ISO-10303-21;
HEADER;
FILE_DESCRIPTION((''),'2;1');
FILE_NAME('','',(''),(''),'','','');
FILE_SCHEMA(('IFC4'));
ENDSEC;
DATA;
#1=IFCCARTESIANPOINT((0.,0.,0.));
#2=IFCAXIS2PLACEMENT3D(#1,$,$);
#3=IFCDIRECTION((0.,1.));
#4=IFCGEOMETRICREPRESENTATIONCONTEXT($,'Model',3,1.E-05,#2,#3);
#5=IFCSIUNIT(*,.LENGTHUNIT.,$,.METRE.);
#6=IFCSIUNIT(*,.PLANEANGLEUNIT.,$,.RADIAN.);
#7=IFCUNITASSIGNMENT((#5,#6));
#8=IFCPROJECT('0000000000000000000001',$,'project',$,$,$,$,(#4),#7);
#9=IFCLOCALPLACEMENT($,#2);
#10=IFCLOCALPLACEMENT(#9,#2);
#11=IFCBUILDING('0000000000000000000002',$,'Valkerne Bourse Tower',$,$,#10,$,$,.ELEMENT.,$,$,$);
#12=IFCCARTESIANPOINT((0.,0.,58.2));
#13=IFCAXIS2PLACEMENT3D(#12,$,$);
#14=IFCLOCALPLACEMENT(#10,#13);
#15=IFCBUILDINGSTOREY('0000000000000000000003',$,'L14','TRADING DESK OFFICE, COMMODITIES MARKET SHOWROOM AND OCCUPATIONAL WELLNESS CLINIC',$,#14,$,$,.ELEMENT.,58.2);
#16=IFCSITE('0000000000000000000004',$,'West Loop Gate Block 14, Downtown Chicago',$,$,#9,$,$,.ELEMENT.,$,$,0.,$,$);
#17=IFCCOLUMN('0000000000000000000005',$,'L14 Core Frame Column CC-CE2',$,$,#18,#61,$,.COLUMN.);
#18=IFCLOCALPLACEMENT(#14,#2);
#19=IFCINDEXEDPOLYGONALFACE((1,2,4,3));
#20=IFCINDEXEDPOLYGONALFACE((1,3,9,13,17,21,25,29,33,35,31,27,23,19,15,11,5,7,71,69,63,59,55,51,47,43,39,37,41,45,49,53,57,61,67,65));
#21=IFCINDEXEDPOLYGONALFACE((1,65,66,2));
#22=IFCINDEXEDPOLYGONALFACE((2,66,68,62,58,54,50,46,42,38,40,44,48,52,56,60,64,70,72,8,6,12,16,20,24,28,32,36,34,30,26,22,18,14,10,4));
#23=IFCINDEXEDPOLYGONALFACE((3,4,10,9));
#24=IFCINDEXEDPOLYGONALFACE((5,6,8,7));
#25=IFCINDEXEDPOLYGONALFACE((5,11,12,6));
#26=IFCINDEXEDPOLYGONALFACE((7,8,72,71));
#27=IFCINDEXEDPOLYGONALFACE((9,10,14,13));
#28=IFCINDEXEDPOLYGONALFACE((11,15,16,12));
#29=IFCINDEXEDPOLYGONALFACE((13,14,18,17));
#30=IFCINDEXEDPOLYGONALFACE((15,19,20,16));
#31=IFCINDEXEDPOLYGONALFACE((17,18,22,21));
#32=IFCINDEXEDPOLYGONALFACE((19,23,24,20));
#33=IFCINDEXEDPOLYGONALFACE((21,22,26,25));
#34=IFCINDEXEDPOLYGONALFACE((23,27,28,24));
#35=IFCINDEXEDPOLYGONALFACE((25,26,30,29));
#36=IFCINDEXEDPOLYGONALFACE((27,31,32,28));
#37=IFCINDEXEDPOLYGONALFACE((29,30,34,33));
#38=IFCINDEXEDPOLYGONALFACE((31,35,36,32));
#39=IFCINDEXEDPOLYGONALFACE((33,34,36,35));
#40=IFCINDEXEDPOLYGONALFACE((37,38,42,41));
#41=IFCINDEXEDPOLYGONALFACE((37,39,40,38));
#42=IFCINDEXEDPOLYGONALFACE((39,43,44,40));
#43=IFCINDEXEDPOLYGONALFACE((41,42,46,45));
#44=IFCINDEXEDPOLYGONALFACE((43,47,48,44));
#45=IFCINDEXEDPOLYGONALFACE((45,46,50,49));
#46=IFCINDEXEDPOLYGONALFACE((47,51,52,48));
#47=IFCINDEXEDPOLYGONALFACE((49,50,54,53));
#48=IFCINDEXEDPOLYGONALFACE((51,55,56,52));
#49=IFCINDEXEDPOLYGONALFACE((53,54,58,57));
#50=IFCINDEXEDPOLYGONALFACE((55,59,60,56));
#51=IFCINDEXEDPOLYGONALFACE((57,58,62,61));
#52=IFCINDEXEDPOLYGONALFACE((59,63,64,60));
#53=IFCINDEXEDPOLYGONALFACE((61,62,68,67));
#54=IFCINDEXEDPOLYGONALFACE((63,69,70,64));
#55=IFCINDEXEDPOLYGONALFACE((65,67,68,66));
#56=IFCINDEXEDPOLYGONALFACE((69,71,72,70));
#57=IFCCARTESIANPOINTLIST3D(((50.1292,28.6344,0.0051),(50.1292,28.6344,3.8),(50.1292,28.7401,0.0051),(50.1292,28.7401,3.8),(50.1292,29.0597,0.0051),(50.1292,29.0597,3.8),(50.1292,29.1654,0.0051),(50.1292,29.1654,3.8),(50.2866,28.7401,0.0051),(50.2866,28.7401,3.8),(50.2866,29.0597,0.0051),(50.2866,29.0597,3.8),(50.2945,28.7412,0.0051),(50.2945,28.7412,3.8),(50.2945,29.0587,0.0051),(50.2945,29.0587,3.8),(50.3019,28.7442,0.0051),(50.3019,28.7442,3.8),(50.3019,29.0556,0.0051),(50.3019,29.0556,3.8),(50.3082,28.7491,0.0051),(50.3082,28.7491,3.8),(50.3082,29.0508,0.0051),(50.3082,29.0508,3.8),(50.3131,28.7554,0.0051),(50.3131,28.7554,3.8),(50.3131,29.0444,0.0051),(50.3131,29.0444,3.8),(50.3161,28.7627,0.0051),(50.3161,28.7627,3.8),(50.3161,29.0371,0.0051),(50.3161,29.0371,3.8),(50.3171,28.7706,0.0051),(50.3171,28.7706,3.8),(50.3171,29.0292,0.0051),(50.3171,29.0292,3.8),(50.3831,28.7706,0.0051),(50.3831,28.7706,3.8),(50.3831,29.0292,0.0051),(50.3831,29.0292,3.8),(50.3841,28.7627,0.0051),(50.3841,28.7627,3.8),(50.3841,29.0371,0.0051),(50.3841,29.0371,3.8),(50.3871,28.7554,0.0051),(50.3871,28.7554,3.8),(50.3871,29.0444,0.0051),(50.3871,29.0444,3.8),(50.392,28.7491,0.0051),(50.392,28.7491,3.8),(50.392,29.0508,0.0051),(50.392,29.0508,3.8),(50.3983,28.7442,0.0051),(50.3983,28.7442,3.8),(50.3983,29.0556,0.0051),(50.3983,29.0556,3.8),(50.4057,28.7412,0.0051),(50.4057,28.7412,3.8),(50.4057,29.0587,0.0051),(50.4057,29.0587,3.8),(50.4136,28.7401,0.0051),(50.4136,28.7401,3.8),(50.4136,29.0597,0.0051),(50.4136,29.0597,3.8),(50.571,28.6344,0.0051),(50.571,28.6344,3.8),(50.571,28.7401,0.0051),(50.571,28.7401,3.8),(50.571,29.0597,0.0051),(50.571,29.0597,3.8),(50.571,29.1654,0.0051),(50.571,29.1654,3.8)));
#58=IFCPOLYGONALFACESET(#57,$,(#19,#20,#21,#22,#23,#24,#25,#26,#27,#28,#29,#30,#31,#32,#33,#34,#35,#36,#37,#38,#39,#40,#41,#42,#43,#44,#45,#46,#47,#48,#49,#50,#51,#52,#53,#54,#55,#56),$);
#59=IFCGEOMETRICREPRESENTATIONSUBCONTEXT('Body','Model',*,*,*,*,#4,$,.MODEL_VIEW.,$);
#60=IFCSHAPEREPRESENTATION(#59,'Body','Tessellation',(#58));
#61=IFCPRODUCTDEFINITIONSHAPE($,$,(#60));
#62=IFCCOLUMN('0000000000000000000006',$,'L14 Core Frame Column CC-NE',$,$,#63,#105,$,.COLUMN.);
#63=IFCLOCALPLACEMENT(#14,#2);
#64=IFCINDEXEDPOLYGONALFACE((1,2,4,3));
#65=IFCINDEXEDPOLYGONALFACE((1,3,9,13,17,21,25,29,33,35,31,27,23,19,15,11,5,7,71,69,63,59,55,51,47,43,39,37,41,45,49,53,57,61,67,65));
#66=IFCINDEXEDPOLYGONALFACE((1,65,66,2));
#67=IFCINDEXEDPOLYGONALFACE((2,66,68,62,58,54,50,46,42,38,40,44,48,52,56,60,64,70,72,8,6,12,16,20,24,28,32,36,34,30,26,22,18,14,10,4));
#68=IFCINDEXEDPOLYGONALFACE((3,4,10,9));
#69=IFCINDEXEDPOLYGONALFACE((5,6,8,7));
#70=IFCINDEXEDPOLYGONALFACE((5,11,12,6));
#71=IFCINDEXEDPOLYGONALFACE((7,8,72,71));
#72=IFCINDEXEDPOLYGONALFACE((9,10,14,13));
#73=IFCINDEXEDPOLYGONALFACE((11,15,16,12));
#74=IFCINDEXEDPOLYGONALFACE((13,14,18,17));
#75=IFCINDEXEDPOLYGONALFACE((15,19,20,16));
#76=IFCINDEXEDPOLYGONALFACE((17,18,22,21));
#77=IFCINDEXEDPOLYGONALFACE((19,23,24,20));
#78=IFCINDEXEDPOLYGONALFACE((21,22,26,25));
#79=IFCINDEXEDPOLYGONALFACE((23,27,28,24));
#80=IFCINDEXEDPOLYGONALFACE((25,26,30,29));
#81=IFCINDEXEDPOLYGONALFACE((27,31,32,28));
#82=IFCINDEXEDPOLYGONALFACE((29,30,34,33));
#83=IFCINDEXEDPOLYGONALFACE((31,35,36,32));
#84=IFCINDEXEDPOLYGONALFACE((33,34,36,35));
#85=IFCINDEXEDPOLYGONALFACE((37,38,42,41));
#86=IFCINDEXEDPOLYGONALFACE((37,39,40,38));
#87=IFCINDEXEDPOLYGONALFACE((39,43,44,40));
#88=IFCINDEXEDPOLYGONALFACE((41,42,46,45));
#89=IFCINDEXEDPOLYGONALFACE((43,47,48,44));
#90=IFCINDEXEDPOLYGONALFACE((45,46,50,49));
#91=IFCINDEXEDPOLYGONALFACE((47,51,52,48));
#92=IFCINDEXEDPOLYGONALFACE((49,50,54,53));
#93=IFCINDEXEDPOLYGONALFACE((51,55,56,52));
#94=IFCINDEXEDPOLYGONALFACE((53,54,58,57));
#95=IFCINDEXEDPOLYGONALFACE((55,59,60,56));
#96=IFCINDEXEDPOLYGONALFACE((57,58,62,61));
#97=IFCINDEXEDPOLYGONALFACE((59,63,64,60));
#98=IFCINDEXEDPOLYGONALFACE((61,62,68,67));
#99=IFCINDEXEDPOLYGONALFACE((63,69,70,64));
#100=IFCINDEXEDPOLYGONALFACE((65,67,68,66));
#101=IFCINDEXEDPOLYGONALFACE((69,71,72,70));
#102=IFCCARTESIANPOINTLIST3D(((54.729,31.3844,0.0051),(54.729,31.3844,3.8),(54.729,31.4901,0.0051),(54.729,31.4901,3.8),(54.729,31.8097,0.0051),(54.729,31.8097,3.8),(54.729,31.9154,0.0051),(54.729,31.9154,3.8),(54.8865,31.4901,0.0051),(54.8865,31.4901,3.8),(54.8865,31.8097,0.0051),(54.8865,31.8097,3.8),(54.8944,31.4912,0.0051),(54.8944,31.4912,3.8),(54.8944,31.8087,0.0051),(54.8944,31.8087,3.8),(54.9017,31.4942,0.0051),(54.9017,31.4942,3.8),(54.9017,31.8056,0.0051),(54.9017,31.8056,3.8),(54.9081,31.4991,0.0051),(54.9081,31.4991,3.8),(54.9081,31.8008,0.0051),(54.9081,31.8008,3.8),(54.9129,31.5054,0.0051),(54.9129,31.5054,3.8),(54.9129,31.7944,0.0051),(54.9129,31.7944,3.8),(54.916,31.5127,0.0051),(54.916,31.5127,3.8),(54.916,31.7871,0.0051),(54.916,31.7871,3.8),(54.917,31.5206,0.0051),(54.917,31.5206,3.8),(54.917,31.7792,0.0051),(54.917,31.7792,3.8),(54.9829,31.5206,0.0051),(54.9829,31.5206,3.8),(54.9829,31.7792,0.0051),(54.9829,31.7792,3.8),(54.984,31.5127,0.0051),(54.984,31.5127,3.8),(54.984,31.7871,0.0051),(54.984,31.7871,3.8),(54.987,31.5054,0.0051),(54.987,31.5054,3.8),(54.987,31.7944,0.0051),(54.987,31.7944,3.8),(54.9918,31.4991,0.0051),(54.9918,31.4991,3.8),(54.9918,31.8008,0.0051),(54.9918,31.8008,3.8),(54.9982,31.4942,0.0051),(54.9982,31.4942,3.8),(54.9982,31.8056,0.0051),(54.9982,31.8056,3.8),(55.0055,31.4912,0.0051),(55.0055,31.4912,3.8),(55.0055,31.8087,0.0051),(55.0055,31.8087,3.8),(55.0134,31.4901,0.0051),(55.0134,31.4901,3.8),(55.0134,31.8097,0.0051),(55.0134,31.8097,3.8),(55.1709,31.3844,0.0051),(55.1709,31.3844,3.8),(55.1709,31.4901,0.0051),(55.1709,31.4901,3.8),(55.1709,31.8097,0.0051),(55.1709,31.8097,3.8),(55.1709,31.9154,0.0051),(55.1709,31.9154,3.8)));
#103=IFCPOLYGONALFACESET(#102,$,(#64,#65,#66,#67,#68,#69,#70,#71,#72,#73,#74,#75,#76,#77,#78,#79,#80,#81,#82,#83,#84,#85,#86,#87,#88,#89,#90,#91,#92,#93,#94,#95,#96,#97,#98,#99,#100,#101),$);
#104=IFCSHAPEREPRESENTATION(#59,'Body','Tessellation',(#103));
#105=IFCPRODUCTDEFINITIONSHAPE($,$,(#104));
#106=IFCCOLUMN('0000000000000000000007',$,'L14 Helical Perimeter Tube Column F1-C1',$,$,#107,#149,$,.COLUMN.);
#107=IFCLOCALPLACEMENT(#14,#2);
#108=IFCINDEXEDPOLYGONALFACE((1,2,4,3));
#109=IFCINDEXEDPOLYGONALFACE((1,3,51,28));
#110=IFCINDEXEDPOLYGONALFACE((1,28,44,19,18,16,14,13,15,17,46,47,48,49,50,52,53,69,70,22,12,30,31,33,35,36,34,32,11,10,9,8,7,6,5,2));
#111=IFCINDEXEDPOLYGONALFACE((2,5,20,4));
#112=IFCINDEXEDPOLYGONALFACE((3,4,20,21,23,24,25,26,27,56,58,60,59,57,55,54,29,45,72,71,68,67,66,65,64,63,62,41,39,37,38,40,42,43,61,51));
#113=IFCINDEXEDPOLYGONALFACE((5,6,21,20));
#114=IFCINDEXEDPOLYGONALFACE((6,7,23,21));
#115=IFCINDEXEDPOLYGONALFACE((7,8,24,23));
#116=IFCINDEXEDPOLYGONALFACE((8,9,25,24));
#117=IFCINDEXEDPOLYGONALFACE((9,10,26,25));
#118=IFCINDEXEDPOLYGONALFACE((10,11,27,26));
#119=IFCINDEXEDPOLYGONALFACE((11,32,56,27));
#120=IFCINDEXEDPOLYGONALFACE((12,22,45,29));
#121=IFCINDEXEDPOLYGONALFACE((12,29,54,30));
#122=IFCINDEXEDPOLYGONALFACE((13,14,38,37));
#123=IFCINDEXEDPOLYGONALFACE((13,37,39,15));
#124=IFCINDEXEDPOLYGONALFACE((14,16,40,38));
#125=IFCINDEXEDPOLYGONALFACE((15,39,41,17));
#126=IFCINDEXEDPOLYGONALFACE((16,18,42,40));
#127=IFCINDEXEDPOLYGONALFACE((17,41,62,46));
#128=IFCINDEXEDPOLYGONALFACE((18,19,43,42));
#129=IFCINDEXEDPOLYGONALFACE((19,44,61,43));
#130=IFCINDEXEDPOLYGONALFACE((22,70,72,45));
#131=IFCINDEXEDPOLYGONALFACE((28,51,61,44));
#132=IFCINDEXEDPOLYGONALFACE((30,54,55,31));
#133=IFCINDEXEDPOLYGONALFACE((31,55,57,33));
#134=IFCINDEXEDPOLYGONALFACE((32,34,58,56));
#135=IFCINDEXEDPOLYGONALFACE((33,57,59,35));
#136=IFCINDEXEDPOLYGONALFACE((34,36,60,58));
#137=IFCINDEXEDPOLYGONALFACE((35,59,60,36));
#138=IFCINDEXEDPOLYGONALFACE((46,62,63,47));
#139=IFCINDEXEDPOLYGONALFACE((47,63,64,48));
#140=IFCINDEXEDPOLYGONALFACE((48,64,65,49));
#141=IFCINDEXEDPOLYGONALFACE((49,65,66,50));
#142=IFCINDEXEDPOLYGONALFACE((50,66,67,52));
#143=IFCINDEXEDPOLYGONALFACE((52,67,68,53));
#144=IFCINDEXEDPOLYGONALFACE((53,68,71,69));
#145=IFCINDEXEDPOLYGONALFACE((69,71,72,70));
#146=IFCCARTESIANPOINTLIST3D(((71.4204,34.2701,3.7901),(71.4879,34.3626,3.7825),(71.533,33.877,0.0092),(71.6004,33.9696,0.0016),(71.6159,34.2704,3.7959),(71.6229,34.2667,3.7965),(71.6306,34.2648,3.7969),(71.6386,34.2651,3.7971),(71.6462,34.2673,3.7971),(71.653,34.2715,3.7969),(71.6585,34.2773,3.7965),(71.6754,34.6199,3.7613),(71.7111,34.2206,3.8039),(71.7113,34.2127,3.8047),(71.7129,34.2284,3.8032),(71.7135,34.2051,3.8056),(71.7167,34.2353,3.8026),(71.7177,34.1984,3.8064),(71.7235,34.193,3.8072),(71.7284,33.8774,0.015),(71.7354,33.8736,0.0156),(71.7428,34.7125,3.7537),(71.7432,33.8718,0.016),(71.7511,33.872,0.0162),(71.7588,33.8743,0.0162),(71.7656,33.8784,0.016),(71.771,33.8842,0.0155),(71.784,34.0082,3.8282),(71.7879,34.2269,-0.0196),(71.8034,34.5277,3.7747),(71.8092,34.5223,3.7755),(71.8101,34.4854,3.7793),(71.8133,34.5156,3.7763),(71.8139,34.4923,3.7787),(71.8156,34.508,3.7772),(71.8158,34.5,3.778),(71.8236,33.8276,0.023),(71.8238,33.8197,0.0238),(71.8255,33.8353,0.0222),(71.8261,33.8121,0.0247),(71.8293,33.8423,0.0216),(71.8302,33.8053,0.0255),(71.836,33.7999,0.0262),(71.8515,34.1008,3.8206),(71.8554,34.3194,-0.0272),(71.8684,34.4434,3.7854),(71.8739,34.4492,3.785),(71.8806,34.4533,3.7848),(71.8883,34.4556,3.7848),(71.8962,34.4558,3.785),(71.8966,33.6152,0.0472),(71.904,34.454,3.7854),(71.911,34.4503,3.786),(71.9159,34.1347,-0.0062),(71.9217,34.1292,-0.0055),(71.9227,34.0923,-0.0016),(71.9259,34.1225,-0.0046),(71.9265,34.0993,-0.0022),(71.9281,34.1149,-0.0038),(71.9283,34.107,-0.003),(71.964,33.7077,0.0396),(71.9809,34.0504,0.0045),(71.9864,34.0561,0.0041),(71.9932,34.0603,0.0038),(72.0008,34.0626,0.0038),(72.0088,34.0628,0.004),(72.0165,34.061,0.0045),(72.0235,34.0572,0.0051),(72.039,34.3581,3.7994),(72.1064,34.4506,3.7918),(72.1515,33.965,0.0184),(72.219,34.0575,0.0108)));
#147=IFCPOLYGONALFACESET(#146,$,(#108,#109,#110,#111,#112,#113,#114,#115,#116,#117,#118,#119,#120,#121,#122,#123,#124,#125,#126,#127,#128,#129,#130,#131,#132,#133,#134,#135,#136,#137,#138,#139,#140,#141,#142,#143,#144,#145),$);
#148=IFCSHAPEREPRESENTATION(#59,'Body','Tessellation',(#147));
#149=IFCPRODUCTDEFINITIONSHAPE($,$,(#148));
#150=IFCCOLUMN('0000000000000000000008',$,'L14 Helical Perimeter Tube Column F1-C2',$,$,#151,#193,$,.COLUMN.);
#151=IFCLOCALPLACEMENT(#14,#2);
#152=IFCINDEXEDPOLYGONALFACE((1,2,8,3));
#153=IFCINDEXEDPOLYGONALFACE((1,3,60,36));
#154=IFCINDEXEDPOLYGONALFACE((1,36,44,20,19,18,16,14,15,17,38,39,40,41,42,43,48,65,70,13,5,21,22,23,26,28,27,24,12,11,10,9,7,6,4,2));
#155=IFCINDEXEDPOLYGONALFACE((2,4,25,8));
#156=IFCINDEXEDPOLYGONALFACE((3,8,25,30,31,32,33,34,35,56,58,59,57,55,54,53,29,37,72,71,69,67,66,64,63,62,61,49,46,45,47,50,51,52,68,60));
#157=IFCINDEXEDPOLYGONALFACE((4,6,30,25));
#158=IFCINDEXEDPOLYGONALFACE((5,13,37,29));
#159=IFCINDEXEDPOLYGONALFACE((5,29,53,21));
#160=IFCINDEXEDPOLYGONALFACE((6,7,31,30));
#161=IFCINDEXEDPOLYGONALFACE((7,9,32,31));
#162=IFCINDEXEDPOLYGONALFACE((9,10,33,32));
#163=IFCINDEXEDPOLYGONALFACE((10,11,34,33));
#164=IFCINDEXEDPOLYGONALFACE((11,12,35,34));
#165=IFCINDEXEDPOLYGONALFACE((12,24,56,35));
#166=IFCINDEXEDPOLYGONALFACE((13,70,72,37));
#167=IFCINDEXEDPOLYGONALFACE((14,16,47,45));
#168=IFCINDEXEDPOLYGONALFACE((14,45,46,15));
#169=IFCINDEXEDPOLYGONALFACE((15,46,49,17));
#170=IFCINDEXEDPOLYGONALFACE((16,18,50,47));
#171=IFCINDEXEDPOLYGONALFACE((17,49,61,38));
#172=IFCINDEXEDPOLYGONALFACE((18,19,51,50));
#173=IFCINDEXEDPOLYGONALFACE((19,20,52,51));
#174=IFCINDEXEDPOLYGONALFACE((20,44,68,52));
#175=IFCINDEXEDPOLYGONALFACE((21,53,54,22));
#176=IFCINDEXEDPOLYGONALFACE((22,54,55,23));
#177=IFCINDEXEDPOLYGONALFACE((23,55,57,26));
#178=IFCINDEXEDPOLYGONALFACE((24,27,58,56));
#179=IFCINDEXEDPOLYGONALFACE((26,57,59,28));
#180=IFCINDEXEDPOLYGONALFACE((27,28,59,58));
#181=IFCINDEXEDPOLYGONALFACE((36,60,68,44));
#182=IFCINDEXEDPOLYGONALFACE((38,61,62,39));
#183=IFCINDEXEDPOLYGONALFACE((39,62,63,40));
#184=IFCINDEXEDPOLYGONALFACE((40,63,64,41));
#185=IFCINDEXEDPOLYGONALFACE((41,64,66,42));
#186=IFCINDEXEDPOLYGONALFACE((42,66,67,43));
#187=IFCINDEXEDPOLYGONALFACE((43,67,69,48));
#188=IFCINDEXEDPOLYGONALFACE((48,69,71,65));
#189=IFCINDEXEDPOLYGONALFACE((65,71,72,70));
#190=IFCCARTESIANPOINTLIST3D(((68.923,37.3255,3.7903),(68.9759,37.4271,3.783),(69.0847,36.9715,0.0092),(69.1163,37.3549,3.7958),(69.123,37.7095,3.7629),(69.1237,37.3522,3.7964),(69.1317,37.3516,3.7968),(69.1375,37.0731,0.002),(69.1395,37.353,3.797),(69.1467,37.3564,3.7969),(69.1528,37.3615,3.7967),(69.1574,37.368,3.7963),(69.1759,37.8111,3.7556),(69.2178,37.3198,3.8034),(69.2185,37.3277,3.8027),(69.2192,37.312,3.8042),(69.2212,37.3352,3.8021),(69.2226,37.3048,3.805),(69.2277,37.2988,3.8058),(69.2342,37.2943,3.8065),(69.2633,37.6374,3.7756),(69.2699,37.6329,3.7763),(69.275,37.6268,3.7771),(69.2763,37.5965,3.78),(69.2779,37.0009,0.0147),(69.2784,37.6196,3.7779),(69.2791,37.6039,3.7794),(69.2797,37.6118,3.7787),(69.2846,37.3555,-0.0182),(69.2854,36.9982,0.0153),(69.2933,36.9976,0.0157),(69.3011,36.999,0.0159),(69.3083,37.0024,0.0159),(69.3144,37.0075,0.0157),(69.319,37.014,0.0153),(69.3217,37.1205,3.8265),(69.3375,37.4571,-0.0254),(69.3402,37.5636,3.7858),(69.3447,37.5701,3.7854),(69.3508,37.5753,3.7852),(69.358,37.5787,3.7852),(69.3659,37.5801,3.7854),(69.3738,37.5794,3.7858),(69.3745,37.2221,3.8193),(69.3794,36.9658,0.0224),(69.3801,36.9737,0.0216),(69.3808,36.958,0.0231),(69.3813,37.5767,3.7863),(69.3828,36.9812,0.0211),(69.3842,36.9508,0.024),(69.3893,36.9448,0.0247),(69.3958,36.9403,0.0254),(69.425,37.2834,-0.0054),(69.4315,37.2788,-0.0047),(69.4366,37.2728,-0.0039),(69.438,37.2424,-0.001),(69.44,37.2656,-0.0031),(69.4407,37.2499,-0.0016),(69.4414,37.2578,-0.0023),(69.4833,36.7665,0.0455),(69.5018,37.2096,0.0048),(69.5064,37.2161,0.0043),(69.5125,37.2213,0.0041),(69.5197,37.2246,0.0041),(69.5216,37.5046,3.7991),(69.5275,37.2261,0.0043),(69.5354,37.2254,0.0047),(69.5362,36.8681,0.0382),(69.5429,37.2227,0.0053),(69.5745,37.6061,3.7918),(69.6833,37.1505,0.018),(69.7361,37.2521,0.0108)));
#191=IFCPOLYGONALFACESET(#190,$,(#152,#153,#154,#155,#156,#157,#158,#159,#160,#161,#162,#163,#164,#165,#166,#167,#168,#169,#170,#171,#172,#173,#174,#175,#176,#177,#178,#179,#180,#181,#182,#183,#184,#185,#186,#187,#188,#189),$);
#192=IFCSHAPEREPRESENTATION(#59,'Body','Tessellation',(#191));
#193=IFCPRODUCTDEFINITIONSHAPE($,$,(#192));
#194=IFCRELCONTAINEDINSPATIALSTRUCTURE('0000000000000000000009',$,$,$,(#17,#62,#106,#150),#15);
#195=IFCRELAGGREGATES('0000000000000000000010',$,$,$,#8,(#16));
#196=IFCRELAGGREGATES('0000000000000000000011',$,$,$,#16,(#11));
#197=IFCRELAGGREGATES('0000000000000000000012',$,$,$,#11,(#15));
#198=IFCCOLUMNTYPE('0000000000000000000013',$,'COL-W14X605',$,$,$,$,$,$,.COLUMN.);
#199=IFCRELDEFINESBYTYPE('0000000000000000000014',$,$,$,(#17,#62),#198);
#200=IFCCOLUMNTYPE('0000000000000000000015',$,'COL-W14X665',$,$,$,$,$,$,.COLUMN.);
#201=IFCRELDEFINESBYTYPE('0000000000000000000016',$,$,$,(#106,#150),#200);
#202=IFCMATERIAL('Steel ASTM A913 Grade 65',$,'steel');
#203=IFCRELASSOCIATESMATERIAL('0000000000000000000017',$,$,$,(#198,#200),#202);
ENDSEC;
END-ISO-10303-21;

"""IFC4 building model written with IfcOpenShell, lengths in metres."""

from ifc_helpers import new_model, si_unit, direction, frame, origin, origin_2d, place, context, subcontext, project, spatial, i_section, extrude, material, material_profile, profile_set, type_object, element, save


model = new_model("IFC4")

# Units and contexts
model_context = context("Model", 3, precision=1e-05, world=origin(), true_north=direction((0.0, 1.0)))
body_context = subcontext(model_context, "Body", "Model", "MODEL_VIEW")
ifc_project = project(units=[si_unit("LENGTHUNIT", "METRE"), si_unit("PLANEANGLEUNIT", "RADIAN")], contexts=[model_context])

# Site, building, storey
site_placement = place(None, origin())
site = spatial("IfcSite", under=ifc_project, at=site_placement, Name="West Loop Gate Block 14, Downtown Chicago", CompositionType="ELEMENT", RefElevation=0.0)
building_placement = place(site_placement, origin())
building = spatial("IfcBuilding", under=site, at=building_placement, Name="Valkerne Bourse Tower", CompositionType="ELEMENT")
storey_placement = place(building_placement, frame((0.0, 0.0, 58.2)))
storey = spatial("IfcBuildingStorey", under=building, at=storey_placement, Name="L14", Description="TRADING DESK OFFICE, COMMODITIES MARKET SHOWROOM AND OCCUPATIONAL WELLNESS CLINIC", CompositionType="ELEMENT", Elevation=58.2)

# Columns
ifc_material_1 = material(Name="Steel ASTM A913 Grade 65", Category="steel")
ifc_material_profile_1 = material_profile(ifc_material_1, i_section(OverallWidth=0.4419, OverallDepth=0.531, WebThickness=0.0659, FlangeThickness=0.1057, FilletRadius=0.0305, at=origin_2d()), Name="W14X605")
ifc_profile_set_1 = profile_set([ifc_material_profile_1], Name="Steel ASTM A913 Grade 65")
column_type_1 = type_object("IfcColumnType", Name="COL-W14X605", PredefinedType="COLUMN", material=ifc_profile_set_1)
for number, where, z_axis, x_axis, name in (
    (1, (50.3501, 28.8999, 0.0051), (0.0, 0.0, 1.0), (1.0, 0.0, 0.0), "L14 Core Frame Column CC-CE2"),
    (2, (54.95, 31.6499, 0.0051), (0.0, 0.0, 1.0), (1.0, 0.0, 0.0), "L14 Core Frame Column CC-NE"),
):
    element("IfcColumn", number, at=place(storey_placement, frame(where, z_axis=z_axis, x_axis=x_axis)), inside=storey, type_object=column_type_1, Name=name, PredefinedType="COLUMN", context=body_context, shape_type="SweptSolid", body=[
        extrude(i_section(OverallWidth=0.4419, OverallDepth=0.531, WebThickness=0.0659, FlangeThickness=0.1057, FilletRadius=0.0305, at=origin_2d()), origin(), (0.0, 0.0, 1.0), 3.7949),
    ])
ifc_material_profile_2 = material_profile(ifc_material_1, i_section(OverallWidth=0.4497, OverallDepth=0.5486, WebThickness=0.072, FlangeThickness=0.1147, FilletRadius=0.0305, at=origin_2d()), Name="W14X665")
ifc_profile_set_2 = profile_set([ifc_material_profile_2], Name="Steel ASTM A913 Grade 65")
column_type_2 = type_object("IfcColumnType", Name="COL-W14X665", PredefinedType="COLUMN", material=ifc_profile_set_2)
column_1_placement = place(storey_placement, frame((71.876, 33.9673, 0.01), z_axis=(-0.029594, 0.103356, 0.994204), x_axis=(0.808564, -0.582294, 0.084603)))
element("IfcColumn", 3, at=column_1_placement, inside=storey, type_object=column_type_2, Name="L14 Helical Perimeter Tube Column F1-C1", PredefinedType="COLUMN", context=body_context, shape_type="SweptSolid", body=[
    extrude(i_section(OverallWidth=0.4497, OverallDepth=0.5486, WebThickness=0.072, FlangeThickness=0.1147, FilletRadius=0.0305, at=origin_2d()), origin(), (0.0, 0.0, 1.0), 3.803),
])
column_2_placement = place(storey_placement, frame((69.4104, 37.1118, 0.01), z_axis=(-0.042521, 0.093135, 0.994745), x_axis=(0.886412, -0.455831, 0.080568)))
element("IfcColumn", 4, at=column_2_placement, inside=storey, type_object=column_type_2, Name="L14 Helical Perimeter Tube Column F1-C2", PredefinedType="COLUMN", context=body_context, shape_type="SweptSolid", body=[
    extrude(i_section(OverallWidth=0.4497, OverallDepth=0.5486, WebThickness=0.072, FlangeThickness=0.1147, FilletRadius=0.0305, at=origin_2d()), origin(), (0.0, 0.0, 1.0), 3.801),
])

save(model, "model.ifc")
